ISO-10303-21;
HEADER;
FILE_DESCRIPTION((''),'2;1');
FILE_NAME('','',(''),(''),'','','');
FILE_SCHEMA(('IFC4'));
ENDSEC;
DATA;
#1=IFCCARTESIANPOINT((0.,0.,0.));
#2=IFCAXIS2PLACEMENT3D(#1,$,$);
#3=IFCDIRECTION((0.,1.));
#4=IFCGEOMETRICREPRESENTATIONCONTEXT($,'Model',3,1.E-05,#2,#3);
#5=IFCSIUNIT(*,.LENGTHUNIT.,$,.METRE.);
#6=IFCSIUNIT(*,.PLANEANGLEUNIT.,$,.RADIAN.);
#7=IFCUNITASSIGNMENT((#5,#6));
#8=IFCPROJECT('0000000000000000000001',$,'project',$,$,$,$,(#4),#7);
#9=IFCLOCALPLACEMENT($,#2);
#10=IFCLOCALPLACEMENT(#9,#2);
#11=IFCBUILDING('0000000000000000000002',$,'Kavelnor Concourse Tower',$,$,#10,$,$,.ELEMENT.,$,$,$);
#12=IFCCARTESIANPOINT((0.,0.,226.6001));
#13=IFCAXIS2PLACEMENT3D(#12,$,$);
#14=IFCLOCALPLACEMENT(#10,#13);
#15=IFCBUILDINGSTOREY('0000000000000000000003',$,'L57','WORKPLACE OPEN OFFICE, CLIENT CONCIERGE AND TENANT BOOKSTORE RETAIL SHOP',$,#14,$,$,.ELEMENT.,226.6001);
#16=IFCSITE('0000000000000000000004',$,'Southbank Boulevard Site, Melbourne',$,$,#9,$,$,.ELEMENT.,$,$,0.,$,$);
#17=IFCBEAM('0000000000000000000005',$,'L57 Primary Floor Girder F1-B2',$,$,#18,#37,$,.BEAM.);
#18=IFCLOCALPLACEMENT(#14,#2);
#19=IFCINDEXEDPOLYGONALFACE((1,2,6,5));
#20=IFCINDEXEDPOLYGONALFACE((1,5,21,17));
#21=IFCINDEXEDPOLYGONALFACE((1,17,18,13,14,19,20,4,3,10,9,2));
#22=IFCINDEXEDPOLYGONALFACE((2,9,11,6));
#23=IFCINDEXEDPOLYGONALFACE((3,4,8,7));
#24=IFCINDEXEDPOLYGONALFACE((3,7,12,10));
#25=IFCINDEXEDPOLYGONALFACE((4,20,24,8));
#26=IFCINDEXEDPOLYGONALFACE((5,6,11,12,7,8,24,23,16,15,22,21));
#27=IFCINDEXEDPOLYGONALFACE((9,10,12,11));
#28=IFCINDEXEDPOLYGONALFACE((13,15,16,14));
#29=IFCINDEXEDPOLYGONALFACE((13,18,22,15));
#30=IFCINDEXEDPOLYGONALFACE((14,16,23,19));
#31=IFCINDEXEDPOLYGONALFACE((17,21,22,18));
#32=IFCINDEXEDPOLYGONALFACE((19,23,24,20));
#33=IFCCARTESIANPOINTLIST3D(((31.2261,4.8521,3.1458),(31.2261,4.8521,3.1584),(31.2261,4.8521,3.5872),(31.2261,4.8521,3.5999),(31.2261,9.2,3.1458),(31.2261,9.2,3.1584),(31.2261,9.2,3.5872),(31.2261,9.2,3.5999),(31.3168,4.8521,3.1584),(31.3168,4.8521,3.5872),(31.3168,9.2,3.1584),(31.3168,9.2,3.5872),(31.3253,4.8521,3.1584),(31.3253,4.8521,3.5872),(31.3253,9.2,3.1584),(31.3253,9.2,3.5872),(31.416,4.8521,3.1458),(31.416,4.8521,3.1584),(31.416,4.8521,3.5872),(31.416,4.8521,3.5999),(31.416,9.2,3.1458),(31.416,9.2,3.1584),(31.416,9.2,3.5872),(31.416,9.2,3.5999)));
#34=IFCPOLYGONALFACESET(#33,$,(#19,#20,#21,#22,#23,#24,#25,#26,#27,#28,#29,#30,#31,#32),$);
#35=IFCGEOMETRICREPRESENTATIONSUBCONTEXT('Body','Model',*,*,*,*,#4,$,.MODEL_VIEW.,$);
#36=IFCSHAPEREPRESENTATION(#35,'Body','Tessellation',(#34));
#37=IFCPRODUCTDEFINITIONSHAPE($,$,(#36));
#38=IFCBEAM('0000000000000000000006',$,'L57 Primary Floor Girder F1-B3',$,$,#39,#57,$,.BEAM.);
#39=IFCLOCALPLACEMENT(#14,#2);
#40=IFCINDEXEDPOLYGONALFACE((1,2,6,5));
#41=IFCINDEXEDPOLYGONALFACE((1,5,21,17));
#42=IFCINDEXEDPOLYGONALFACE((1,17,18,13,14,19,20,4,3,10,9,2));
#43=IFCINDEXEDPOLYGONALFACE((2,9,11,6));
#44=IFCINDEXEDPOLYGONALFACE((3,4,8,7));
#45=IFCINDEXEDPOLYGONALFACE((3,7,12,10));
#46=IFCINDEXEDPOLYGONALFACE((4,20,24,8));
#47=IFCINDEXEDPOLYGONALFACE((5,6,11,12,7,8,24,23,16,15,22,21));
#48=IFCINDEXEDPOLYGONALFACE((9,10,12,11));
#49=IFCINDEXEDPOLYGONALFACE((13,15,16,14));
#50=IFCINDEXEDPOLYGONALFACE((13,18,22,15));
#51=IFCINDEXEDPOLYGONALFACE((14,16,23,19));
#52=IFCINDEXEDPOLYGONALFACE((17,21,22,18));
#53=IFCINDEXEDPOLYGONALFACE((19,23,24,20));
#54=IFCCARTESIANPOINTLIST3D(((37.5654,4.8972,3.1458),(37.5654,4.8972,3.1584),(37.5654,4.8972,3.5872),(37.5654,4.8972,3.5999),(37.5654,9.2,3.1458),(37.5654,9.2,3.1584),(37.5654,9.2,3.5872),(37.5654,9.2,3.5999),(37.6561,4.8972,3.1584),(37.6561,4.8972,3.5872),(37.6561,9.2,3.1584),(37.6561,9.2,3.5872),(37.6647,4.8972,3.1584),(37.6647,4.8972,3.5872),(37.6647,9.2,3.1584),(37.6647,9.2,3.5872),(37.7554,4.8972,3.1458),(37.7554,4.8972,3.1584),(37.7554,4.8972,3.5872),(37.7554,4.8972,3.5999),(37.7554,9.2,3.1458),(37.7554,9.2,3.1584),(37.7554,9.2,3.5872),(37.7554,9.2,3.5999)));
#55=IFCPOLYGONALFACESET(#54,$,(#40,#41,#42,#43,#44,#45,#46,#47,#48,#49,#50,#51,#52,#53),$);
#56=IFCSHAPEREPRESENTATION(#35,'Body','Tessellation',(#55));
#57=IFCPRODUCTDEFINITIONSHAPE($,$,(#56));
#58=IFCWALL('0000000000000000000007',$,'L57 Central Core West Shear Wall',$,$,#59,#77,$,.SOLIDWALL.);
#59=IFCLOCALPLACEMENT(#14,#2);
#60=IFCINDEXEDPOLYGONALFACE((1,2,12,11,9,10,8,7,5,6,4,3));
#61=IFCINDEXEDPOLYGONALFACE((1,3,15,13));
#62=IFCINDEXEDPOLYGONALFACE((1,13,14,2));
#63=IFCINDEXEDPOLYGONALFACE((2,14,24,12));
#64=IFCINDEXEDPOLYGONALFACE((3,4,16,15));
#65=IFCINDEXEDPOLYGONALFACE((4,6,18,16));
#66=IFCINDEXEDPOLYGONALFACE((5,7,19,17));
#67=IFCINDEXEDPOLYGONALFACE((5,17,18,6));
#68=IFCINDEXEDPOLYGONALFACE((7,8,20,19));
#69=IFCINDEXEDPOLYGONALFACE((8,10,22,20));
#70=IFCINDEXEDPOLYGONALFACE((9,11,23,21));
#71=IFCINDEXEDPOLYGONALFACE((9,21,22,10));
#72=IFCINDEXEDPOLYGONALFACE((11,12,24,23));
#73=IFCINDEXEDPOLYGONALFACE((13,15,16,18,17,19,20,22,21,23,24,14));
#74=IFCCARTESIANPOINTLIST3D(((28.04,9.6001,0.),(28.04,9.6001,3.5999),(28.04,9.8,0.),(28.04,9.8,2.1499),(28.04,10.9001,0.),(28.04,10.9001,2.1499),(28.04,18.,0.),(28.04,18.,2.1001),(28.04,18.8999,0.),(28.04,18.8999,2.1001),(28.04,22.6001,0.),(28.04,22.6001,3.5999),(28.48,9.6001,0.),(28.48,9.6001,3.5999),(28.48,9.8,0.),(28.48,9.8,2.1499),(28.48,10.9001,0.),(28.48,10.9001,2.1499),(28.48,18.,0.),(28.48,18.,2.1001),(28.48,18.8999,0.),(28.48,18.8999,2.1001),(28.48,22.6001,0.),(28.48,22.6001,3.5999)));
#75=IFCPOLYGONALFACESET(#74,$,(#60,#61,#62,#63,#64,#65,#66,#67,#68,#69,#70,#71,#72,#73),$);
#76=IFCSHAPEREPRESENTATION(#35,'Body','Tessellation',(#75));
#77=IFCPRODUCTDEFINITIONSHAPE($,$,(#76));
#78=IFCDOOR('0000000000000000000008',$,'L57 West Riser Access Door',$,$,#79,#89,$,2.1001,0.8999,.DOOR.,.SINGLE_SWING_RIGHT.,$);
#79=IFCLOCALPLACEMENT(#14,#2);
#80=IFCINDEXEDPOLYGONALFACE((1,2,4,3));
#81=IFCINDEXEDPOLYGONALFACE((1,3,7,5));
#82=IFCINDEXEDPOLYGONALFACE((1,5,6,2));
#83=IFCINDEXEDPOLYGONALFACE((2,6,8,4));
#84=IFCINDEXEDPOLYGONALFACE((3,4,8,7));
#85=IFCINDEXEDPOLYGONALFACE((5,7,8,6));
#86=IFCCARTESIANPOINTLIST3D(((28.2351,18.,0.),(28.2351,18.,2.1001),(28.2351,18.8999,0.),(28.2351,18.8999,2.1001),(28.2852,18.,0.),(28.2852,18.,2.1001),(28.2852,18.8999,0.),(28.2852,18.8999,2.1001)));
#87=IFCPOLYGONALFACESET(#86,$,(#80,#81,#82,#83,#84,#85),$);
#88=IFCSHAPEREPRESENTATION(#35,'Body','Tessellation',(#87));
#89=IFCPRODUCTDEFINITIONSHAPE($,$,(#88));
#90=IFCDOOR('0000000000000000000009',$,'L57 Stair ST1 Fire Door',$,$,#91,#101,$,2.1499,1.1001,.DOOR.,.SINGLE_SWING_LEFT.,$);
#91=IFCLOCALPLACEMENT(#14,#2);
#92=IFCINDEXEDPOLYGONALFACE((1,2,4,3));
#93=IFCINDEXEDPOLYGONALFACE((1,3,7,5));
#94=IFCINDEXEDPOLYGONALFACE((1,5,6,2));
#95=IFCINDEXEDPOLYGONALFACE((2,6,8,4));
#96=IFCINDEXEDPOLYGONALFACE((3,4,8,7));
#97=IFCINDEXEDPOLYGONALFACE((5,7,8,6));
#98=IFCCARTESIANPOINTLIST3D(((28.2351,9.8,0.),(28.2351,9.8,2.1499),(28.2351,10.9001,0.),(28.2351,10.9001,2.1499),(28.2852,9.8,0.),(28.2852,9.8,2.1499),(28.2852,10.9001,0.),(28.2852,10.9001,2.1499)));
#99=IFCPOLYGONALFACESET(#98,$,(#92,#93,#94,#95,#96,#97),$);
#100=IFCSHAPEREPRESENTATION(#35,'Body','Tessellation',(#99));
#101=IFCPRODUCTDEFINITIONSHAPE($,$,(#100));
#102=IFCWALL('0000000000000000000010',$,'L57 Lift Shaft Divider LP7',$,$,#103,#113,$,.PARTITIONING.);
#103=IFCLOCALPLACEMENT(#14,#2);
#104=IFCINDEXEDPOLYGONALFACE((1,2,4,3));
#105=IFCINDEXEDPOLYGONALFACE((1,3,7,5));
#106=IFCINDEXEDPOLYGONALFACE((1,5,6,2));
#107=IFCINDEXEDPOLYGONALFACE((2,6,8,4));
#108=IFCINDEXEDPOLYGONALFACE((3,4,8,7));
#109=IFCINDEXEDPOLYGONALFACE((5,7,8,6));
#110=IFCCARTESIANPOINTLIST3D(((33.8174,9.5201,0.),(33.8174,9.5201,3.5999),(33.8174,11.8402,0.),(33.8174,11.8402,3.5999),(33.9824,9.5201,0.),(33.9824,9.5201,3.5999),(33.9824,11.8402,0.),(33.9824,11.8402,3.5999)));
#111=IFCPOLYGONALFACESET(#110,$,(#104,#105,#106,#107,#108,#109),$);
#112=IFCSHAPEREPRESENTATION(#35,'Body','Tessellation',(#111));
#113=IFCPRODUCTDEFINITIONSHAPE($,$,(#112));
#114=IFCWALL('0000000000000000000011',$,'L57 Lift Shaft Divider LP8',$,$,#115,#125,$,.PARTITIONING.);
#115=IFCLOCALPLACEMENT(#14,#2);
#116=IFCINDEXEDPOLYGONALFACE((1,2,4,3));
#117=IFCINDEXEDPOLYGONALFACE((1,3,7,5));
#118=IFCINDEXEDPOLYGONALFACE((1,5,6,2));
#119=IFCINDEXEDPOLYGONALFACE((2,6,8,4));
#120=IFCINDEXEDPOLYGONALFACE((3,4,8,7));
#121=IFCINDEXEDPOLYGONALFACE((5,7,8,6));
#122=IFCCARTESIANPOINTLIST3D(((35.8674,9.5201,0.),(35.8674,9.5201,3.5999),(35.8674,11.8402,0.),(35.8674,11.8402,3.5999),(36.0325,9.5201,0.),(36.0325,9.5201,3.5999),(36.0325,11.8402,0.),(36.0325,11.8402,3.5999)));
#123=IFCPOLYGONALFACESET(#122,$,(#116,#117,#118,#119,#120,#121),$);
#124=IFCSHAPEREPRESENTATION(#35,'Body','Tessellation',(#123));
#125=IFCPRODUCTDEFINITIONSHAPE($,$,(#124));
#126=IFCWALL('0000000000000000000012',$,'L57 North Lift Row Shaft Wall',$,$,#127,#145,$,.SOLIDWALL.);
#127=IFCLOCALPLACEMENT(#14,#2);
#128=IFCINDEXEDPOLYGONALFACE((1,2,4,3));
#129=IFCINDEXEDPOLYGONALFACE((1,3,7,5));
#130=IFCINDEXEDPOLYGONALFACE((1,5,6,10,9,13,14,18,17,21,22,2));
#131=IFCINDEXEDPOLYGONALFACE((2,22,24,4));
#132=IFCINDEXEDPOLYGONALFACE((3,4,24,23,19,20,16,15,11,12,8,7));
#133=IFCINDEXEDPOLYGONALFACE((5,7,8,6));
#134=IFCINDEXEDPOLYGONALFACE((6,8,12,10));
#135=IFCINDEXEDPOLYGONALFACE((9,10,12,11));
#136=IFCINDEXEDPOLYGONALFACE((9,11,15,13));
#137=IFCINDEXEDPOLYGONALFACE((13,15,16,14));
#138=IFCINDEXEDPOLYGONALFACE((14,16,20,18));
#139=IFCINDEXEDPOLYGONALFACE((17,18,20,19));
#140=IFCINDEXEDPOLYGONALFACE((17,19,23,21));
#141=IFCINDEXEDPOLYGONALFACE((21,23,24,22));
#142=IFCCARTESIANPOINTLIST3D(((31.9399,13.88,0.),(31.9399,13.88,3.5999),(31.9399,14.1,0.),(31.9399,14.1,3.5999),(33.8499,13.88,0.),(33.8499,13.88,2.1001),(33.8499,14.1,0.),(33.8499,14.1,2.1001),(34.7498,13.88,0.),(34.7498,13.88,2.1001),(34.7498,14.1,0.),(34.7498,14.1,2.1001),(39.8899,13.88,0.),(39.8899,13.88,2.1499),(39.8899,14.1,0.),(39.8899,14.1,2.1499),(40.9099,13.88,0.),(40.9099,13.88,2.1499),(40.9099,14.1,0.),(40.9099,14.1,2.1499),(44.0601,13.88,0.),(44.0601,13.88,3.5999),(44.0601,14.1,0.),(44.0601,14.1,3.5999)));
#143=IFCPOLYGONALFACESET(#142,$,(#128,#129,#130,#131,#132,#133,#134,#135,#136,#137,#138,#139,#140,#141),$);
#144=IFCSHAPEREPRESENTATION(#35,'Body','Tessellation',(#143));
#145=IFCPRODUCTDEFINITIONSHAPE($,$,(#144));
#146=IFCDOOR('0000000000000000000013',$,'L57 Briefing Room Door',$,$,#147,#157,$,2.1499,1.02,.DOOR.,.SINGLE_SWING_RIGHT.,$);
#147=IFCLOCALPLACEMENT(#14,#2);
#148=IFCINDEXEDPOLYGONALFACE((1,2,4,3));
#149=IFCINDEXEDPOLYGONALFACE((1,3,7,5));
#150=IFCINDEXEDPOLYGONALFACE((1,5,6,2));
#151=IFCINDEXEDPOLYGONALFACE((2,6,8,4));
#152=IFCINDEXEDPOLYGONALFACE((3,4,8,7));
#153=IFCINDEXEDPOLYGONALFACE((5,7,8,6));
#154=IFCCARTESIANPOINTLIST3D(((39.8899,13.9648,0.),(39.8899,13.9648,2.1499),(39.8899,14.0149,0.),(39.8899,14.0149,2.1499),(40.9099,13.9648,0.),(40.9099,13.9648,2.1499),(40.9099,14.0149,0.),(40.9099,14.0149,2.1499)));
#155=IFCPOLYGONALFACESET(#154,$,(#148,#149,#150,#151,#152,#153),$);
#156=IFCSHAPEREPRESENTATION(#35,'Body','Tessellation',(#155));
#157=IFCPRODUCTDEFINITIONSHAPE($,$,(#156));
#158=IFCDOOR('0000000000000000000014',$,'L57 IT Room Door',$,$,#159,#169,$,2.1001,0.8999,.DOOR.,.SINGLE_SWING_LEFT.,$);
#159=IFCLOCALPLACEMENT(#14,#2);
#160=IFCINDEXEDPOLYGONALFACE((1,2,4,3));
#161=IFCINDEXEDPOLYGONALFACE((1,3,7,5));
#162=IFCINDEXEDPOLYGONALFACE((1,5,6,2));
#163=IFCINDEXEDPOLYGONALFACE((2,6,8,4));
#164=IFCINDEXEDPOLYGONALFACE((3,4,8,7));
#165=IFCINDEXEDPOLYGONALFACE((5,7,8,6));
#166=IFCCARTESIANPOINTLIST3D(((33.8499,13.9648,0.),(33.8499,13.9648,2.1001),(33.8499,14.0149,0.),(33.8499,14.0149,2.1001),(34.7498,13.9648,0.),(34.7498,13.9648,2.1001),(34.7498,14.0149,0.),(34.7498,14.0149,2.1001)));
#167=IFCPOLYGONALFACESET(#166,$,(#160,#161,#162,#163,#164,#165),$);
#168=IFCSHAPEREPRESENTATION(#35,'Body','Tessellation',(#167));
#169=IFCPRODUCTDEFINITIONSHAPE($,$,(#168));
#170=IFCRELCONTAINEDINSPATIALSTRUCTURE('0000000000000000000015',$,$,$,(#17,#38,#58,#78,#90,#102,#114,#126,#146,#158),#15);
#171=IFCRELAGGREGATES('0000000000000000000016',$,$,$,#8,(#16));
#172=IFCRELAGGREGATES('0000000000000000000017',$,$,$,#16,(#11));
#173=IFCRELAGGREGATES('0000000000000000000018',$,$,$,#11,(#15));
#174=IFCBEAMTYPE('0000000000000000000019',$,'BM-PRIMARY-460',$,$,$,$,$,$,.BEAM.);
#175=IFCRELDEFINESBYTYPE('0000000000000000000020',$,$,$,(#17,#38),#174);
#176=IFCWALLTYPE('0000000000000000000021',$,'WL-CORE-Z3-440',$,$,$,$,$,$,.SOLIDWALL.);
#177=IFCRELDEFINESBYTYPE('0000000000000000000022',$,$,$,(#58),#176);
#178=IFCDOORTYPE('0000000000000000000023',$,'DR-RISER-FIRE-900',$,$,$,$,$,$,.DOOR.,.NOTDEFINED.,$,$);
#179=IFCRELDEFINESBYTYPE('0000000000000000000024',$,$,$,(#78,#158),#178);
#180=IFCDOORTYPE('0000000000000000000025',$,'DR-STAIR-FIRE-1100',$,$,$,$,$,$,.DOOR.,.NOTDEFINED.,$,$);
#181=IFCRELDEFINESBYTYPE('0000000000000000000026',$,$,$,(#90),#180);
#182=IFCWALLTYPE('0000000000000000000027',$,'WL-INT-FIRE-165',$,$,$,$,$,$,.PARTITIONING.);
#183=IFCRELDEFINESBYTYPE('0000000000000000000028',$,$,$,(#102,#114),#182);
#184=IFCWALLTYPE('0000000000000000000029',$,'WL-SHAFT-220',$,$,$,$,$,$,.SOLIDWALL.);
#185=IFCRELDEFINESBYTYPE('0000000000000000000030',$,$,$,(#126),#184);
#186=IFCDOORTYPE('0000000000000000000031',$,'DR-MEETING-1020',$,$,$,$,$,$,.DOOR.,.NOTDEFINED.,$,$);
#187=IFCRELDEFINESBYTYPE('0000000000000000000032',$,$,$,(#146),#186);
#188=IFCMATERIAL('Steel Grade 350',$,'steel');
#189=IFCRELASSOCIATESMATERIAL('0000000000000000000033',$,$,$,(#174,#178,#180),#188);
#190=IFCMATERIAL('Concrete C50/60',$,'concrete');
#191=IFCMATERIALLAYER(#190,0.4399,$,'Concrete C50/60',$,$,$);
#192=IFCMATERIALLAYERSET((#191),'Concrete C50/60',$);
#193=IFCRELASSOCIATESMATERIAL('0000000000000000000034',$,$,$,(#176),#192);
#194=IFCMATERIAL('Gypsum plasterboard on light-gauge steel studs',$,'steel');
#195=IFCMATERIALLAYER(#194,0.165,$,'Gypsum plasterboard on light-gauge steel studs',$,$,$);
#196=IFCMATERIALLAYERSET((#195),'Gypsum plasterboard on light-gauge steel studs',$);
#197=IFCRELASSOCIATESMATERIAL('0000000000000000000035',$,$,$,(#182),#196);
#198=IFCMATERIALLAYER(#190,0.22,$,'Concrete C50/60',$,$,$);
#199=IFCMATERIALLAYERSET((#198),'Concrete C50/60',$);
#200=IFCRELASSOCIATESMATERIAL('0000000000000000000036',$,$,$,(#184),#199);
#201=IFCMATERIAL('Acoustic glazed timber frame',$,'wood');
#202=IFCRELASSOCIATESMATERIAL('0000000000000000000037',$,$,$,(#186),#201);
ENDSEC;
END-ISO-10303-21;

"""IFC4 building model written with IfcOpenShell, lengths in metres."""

from ifc_helpers import new_model, si_unit, direction, frame, frame_2d, origin, origin_2d, place, context, subcontext, project, spatial, rectangle, i_section, extrude, material, layer, layer_set, material_profile, profile_set, type_object, element, fill, save


model = new_model("IFC4")

# Units and contexts
model_context = context("Model", 3, precision=1e-05, world=origin(), true_north=direction((0.0, 1.0)))
body_context = subcontext(model_context, "Body", "Model", "MODEL_VIEW")
ifc_project = project(units=[si_unit("LENGTHUNIT", "METRE"), si_unit("PLANEANGLEUNIT", "RADIAN")], contexts=[model_context])

# Site, building, storey
site_placement = place(None, origin())
site = spatial("IfcSite", under=ifc_project, at=site_placement, Name="Southbank Boulevard Site, Melbourne", CompositionType="ELEMENT", RefElevation=0.0)
building_placement = place(site_placement, origin())
building = spatial("IfcBuilding", under=site, at=building_placement, Name="Kavelnor Concourse Tower", CompositionType="ELEMENT")
storey_placement = place(building_placement, frame((0.0, 0.0, 226.6001)))
storey = spatial("IfcBuildingStorey", under=building, at=storey_placement, Name="L57", Description="WORKPLACE OPEN OFFICE, CLIENT CONCIERGE AND TENANT BOOKSTORE RETAIL SHOP", CompositionType="ELEMENT", Elevation=226.6001)

# Beams
ifc_material_1 = material(Name="Steel Grade 350", Category="steel")
ifc_material_profile = material_profile(ifc_material_1, i_section(OverallWidth=0.1899, OverallDepth=0.4541, WebThickness=0.0085, FlangeThickness=0.0127, at=origin_2d()), Name="460UB67")
ifc_profile_set = profile_set([ifc_material_profile], Name="Steel Grade 350")
beam_type = type_object("IfcBeamType", Name="BM-PRIMARY-460", PredefinedType="BEAM", material=ifc_profile_set)
beam_1_placement = place(storey_placement, frame((31.321, 9.2, 3.3728), z_axis=(0.0, -1.0, 0.0), x_axis=(1.0, 0.0, 0.0)))
element("IfcBeam", 1, at=beam_1_placement, inside=storey, type_object=beam_type, Name="L57 Primary Floor Girder F1-B2", PredefinedType="BEAM", context=body_context, shape_type="SweptSolid", body=[
    extrude(i_section(OverallWidth=0.1899, OverallDepth=0.4541, WebThickness=0.0085, FlangeThickness=0.0127, at=origin_2d()), origin(), (0.0, 0.0, 1.0), 4.3479),
])
beam_2_placement = place(storey_placement, frame((37.6604, 9.2, 3.3728), z_axis=(0.0, -1.0, 0.0), x_axis=(1.0, 0.0, 0.0)))
element("IfcBeam", 2, at=beam_2_placement, inside=storey, type_object=beam_type, Name="L57 Primary Floor Girder F1-B3", PredefinedType="BEAM", context=body_context, shape_type="SweptSolid", body=[
    extrude(i_section(OverallWidth=0.1899, OverallDepth=0.4541, WebThickness=0.0085, FlangeThickness=0.0127, at=origin_2d()), origin(), (0.0, 0.0, 1.0), 4.3027),
])

# Wall, openings, doors
ifc_material_2 = material(Name="Concrete C50/60", Category="concrete")
ifc_layer_1 = layer(ifc_material_2, 0.4399, Name="Concrete C50/60")
ifc_layer_set_1 = layer_set([ifc_layer_1], Name="Concrete C50/60")
wall_type_1 = type_object("IfcWallType", Name="WL-CORE-Z3-440", PredefinedType="SOLIDWALL", material=ifc_layer_set_1)
wall_1_placement = place(storey_placement, frame((28.26, 9.6001, 0.0), z_axis=(0.0, 0.0, 1.0), x_axis=(0.0, 1.0, 0.0)))
wall_1 = element("IfcWall", 3, at=wall_1_placement, inside=storey, type_object=wall_type_1, Name="L57 Central Core West Shear Wall", PredefinedType="SOLIDWALL", context=body_context, shape_type="SweptSolid", body=[
    extrude(rectangle(XDim=13.0, YDim=0.4399, at=frame_2d((6.5, 0.0))), origin(), (0.0, 0.0, 1.0), 3.5999),
])
opening_1_placement = place(wall_1_placement, frame((0.2, 0.0, 0.0)))
opening_1 = element("IfcOpeningElement", 4, at=opening_1_placement, cuts=wall_1, PredefinedType="OPENING", context=body_context, shape_type="SweptSolid", body=[
    extrude(rectangle(XDim=1.1001, YDim=2.1499, at=frame_2d((0.55, 1.075))), frame((0.0, 0.23, 0.0), z_axis=(0.0, -1.0, 0.0), x_axis=(1.0, 0.0, 0.0)), (0.0, 0.0, 1.0), 0.46),
])
opening_2_placement = place(wall_1_placement, frame((8.3999, 0.0, 0.0)))
opening_2 = element("IfcOpeningElement", 5, at=opening_2_placement, cuts=wall_1, PredefinedType="OPENING", context=body_context, shape_type="SweptSolid", body=[
    extrude(rectangle(XDim=0.8999, YDim=2.1001, at=frame_2d((0.45, 1.05))), frame((0.0, 0.23, 0.0), z_axis=(0.0, -1.0, 0.0), x_axis=(1.0, 0.0, 0.0)), (0.0, 0.0, 1.0), 0.46),
])
door_type_1 = type_object("IfcDoorType", Name="DR-RISER-FIRE-900", OperationType="NOTDEFINED", PredefinedType="DOOR", material=ifc_material_1)
door_1_placement = place(opening_2_placement, origin())
door_1 = element("IfcDoor", 6, at=door_1_placement, inside=storey, type_object=door_type_1, Name="L57 West Riser Access Door", OperationType="SINGLE_SWING_RIGHT", OverallHeight=2.1001, OverallWidth=0.8999, PredefinedType="DOOR", context=body_context, shape_type="SweptSolid", body=[
    extrude(rectangle(XDim=0.8999, YDim=2.1001, at=frame_2d((0.45, 1.05))), frame((0.0, 0.0249, 0.0), z_axis=(0.0, -1.0, 0.0), x_axis=(1.0, 0.0, 0.0)), (0.0, 0.0, 1.0), 0.05),
])
fill(opening_2, door_1)
door_type_2 = type_object("IfcDoorType", Name="DR-STAIR-FIRE-1100", OperationType="NOTDEFINED", PredefinedType="DOOR", material=ifc_material_1)
door_2_placement = place(opening_1_placement, origin())
door_2 = element("IfcDoor", 7, at=door_2_placement, inside=storey, type_object=door_type_2, Name="L57 Stair ST1 Fire Door", OperationType="SINGLE_SWING_LEFT", OverallHeight=2.1499, OverallWidth=1.1001, PredefinedType="DOOR", context=body_context, shape_type="SweptSolid", body=[
    extrude(rectangle(XDim=1.1001, YDim=2.1499, at=frame_2d((0.55, 1.075))), frame((0.0, 0.0249, 0.0), z_axis=(0.0, -1.0, 0.0), x_axis=(1.0, 0.0, 0.0)), (0.0, 0.0, 1.0), 0.05),
])
fill(opening_1, door_2)

# Walls
ifc_material_3 = material(Name="Gypsum plasterboard on light-gauge steel studs", Category="steel")
ifc_layer_2 = layer(ifc_material_3, 0.165, Name="Gypsum plasterboard on light-gauge steel studs")
ifc_layer_set_2 = layer_set([ifc_layer_2], Name="Gypsum plasterboard on light-gauge steel studs")
wall_type_2 = type_object("IfcWallType", Name="WL-INT-FIRE-165", PredefinedType="PARTITIONING", material=ifc_layer_set_2)
for number, where, z_axis, x_axis, name in (
    (8, (33.8999, 9.52, 0.0), (0.0, 0.0, 1.0), (0.0, 1.0, 0.0), "L57 Lift Shaft Divider LP7"),
    (9, (35.95, 9.52, 0.0), (0.0, 0.0, 1.0), (0.0, 1.0, 0.0), "L57 Lift Shaft Divider LP8"),
):
    element("IfcWall", number, at=place(storey_placement, frame(where, z_axis=z_axis, x_axis=x_axis)), inside=storey, type_object=wall_type_2, Name=name, PredefinedType="PARTITIONING", context=body_context, shape_type="SweptSolid", body=[
        extrude(rectangle(XDim=2.3201, YDim=0.165, at=frame_2d((1.1602, 0.0))), origin(), (0.0, 0.0, 1.0), 3.5999),
    ])

# Wall, openings, doors
ifc_layer_3 = layer(ifc_material_2, 0.22, Name="Concrete C50/60")
ifc_layer_set_3 = layer_set([ifc_layer_3], Name="Concrete C50/60")
wall_type_3 = type_object("IfcWallType", Name="WL-SHAFT-220", PredefinedType="SOLIDWALL", material=ifc_layer_set_3)
wall_2_placement = place(storey_placement, frame((31.9399, 13.99, 0.0), z_axis=(0.0, 0.0, 1.0), x_axis=(1.0, 0.0, 0.0)))
wall_2 = element("IfcWall", 10, at=wall_2_placement, inside=storey, type_object=wall_type_3, Name="L57 North Lift Row Shaft Wall", PredefinedType="SOLIDWALL", context=body_context, shape_type="SweptSolid", body=[
    extrude(rectangle(XDim=12.1201, YDim=0.22, at=frame_2d((6.0601, 0.0))), origin(), (0.0, 0.0, 1.0), 3.5999),
])
opening_3_placement = place(wall_2_placement, frame((1.9099, 0.0, 0.0)))
opening_3 = element("IfcOpeningElement", 11, at=opening_3_placement, cuts=wall_2, PredefinedType="OPENING", context=body_context, shape_type="SweptSolid", body=[
    extrude(rectangle(XDim=0.8999, YDim=2.1001, at=frame_2d((0.45, 1.05))), frame((0.0, 0.1201, 0.0), z_axis=(0.0, -1.0, 0.0), x_axis=(1.0, 0.0, 0.0)), (0.0, 0.0, 1.0), 0.24),
])
opening_4_placement = place(wall_2_placement, frame((7.95, 0.0, 0.0)))
opening_4 = element("IfcOpeningElement", 12, at=opening_4_placement, cuts=wall_2, PredefinedType="OPENING", context=body_context, shape_type="SweptSolid", body=[
    extrude(rectangle(XDim=1.02, YDim=2.1499, at=frame_2d((0.51, 1.075))), frame((0.0, 0.1201, 0.0), z_axis=(0.0, -1.0, 0.0), x_axis=(1.0, 0.0, 0.0)), (0.0, 0.0, 1.0), 0.24),
])
ifc_material_4 = material(Name="Acoustic glazed timber frame", Category="wood")
door_type_3 = type_object("IfcDoorType", Name="DR-MEETING-1020", OperationType="NOTDEFINED", PredefinedType="DOOR", material=ifc_material_4)
door_3_placement = place(opening_4_placement, origin())
door_3 = element("IfcDoor", 13, at=door_3_placement, inside=storey, type_object=door_type_3, Name="L57 Briefing Room Door", OperationType="SINGLE_SWING_RIGHT", OverallHeight=2.1499, OverallWidth=1.02, PredefinedType="DOOR", context=body_context, shape_type="SweptSolid", body=[
    extrude(rectangle(XDim=1.02, YDim=2.1499, at=frame_2d((0.51, 1.075))), frame((0.0, 0.0249, 0.0), z_axis=(0.0, -1.0, 0.0), x_axis=(1.0, 0.0, 0.0)), (0.0, 0.0, 1.0), 0.05),
])
fill(opening_4, door_3)
door_4_placement = place(opening_3_placement, origin())
door_4 = element("IfcDoor", 14, at=door_4_placement, inside=storey, type_object=door_type_1, Name="L57 IT Room Door", OperationType="SINGLE_SWING_LEFT", OverallHeight=2.1001, OverallWidth=0.8999, PredefinedType="DOOR", context=body_context, shape_type="SweptSolid", body=[
    extrude(rectangle(XDim=0.8999, YDim=2.1001, at=frame_2d((0.45, 1.05))), frame((0.0, 0.0249, 0.0), z_axis=(0.0, -1.0, 0.0), x_axis=(1.0, 0.0, 0.0)), (0.0, 0.0, 1.0), 0.05),
])
fill(opening_3, door_4)

save(model, "model.ifc")
